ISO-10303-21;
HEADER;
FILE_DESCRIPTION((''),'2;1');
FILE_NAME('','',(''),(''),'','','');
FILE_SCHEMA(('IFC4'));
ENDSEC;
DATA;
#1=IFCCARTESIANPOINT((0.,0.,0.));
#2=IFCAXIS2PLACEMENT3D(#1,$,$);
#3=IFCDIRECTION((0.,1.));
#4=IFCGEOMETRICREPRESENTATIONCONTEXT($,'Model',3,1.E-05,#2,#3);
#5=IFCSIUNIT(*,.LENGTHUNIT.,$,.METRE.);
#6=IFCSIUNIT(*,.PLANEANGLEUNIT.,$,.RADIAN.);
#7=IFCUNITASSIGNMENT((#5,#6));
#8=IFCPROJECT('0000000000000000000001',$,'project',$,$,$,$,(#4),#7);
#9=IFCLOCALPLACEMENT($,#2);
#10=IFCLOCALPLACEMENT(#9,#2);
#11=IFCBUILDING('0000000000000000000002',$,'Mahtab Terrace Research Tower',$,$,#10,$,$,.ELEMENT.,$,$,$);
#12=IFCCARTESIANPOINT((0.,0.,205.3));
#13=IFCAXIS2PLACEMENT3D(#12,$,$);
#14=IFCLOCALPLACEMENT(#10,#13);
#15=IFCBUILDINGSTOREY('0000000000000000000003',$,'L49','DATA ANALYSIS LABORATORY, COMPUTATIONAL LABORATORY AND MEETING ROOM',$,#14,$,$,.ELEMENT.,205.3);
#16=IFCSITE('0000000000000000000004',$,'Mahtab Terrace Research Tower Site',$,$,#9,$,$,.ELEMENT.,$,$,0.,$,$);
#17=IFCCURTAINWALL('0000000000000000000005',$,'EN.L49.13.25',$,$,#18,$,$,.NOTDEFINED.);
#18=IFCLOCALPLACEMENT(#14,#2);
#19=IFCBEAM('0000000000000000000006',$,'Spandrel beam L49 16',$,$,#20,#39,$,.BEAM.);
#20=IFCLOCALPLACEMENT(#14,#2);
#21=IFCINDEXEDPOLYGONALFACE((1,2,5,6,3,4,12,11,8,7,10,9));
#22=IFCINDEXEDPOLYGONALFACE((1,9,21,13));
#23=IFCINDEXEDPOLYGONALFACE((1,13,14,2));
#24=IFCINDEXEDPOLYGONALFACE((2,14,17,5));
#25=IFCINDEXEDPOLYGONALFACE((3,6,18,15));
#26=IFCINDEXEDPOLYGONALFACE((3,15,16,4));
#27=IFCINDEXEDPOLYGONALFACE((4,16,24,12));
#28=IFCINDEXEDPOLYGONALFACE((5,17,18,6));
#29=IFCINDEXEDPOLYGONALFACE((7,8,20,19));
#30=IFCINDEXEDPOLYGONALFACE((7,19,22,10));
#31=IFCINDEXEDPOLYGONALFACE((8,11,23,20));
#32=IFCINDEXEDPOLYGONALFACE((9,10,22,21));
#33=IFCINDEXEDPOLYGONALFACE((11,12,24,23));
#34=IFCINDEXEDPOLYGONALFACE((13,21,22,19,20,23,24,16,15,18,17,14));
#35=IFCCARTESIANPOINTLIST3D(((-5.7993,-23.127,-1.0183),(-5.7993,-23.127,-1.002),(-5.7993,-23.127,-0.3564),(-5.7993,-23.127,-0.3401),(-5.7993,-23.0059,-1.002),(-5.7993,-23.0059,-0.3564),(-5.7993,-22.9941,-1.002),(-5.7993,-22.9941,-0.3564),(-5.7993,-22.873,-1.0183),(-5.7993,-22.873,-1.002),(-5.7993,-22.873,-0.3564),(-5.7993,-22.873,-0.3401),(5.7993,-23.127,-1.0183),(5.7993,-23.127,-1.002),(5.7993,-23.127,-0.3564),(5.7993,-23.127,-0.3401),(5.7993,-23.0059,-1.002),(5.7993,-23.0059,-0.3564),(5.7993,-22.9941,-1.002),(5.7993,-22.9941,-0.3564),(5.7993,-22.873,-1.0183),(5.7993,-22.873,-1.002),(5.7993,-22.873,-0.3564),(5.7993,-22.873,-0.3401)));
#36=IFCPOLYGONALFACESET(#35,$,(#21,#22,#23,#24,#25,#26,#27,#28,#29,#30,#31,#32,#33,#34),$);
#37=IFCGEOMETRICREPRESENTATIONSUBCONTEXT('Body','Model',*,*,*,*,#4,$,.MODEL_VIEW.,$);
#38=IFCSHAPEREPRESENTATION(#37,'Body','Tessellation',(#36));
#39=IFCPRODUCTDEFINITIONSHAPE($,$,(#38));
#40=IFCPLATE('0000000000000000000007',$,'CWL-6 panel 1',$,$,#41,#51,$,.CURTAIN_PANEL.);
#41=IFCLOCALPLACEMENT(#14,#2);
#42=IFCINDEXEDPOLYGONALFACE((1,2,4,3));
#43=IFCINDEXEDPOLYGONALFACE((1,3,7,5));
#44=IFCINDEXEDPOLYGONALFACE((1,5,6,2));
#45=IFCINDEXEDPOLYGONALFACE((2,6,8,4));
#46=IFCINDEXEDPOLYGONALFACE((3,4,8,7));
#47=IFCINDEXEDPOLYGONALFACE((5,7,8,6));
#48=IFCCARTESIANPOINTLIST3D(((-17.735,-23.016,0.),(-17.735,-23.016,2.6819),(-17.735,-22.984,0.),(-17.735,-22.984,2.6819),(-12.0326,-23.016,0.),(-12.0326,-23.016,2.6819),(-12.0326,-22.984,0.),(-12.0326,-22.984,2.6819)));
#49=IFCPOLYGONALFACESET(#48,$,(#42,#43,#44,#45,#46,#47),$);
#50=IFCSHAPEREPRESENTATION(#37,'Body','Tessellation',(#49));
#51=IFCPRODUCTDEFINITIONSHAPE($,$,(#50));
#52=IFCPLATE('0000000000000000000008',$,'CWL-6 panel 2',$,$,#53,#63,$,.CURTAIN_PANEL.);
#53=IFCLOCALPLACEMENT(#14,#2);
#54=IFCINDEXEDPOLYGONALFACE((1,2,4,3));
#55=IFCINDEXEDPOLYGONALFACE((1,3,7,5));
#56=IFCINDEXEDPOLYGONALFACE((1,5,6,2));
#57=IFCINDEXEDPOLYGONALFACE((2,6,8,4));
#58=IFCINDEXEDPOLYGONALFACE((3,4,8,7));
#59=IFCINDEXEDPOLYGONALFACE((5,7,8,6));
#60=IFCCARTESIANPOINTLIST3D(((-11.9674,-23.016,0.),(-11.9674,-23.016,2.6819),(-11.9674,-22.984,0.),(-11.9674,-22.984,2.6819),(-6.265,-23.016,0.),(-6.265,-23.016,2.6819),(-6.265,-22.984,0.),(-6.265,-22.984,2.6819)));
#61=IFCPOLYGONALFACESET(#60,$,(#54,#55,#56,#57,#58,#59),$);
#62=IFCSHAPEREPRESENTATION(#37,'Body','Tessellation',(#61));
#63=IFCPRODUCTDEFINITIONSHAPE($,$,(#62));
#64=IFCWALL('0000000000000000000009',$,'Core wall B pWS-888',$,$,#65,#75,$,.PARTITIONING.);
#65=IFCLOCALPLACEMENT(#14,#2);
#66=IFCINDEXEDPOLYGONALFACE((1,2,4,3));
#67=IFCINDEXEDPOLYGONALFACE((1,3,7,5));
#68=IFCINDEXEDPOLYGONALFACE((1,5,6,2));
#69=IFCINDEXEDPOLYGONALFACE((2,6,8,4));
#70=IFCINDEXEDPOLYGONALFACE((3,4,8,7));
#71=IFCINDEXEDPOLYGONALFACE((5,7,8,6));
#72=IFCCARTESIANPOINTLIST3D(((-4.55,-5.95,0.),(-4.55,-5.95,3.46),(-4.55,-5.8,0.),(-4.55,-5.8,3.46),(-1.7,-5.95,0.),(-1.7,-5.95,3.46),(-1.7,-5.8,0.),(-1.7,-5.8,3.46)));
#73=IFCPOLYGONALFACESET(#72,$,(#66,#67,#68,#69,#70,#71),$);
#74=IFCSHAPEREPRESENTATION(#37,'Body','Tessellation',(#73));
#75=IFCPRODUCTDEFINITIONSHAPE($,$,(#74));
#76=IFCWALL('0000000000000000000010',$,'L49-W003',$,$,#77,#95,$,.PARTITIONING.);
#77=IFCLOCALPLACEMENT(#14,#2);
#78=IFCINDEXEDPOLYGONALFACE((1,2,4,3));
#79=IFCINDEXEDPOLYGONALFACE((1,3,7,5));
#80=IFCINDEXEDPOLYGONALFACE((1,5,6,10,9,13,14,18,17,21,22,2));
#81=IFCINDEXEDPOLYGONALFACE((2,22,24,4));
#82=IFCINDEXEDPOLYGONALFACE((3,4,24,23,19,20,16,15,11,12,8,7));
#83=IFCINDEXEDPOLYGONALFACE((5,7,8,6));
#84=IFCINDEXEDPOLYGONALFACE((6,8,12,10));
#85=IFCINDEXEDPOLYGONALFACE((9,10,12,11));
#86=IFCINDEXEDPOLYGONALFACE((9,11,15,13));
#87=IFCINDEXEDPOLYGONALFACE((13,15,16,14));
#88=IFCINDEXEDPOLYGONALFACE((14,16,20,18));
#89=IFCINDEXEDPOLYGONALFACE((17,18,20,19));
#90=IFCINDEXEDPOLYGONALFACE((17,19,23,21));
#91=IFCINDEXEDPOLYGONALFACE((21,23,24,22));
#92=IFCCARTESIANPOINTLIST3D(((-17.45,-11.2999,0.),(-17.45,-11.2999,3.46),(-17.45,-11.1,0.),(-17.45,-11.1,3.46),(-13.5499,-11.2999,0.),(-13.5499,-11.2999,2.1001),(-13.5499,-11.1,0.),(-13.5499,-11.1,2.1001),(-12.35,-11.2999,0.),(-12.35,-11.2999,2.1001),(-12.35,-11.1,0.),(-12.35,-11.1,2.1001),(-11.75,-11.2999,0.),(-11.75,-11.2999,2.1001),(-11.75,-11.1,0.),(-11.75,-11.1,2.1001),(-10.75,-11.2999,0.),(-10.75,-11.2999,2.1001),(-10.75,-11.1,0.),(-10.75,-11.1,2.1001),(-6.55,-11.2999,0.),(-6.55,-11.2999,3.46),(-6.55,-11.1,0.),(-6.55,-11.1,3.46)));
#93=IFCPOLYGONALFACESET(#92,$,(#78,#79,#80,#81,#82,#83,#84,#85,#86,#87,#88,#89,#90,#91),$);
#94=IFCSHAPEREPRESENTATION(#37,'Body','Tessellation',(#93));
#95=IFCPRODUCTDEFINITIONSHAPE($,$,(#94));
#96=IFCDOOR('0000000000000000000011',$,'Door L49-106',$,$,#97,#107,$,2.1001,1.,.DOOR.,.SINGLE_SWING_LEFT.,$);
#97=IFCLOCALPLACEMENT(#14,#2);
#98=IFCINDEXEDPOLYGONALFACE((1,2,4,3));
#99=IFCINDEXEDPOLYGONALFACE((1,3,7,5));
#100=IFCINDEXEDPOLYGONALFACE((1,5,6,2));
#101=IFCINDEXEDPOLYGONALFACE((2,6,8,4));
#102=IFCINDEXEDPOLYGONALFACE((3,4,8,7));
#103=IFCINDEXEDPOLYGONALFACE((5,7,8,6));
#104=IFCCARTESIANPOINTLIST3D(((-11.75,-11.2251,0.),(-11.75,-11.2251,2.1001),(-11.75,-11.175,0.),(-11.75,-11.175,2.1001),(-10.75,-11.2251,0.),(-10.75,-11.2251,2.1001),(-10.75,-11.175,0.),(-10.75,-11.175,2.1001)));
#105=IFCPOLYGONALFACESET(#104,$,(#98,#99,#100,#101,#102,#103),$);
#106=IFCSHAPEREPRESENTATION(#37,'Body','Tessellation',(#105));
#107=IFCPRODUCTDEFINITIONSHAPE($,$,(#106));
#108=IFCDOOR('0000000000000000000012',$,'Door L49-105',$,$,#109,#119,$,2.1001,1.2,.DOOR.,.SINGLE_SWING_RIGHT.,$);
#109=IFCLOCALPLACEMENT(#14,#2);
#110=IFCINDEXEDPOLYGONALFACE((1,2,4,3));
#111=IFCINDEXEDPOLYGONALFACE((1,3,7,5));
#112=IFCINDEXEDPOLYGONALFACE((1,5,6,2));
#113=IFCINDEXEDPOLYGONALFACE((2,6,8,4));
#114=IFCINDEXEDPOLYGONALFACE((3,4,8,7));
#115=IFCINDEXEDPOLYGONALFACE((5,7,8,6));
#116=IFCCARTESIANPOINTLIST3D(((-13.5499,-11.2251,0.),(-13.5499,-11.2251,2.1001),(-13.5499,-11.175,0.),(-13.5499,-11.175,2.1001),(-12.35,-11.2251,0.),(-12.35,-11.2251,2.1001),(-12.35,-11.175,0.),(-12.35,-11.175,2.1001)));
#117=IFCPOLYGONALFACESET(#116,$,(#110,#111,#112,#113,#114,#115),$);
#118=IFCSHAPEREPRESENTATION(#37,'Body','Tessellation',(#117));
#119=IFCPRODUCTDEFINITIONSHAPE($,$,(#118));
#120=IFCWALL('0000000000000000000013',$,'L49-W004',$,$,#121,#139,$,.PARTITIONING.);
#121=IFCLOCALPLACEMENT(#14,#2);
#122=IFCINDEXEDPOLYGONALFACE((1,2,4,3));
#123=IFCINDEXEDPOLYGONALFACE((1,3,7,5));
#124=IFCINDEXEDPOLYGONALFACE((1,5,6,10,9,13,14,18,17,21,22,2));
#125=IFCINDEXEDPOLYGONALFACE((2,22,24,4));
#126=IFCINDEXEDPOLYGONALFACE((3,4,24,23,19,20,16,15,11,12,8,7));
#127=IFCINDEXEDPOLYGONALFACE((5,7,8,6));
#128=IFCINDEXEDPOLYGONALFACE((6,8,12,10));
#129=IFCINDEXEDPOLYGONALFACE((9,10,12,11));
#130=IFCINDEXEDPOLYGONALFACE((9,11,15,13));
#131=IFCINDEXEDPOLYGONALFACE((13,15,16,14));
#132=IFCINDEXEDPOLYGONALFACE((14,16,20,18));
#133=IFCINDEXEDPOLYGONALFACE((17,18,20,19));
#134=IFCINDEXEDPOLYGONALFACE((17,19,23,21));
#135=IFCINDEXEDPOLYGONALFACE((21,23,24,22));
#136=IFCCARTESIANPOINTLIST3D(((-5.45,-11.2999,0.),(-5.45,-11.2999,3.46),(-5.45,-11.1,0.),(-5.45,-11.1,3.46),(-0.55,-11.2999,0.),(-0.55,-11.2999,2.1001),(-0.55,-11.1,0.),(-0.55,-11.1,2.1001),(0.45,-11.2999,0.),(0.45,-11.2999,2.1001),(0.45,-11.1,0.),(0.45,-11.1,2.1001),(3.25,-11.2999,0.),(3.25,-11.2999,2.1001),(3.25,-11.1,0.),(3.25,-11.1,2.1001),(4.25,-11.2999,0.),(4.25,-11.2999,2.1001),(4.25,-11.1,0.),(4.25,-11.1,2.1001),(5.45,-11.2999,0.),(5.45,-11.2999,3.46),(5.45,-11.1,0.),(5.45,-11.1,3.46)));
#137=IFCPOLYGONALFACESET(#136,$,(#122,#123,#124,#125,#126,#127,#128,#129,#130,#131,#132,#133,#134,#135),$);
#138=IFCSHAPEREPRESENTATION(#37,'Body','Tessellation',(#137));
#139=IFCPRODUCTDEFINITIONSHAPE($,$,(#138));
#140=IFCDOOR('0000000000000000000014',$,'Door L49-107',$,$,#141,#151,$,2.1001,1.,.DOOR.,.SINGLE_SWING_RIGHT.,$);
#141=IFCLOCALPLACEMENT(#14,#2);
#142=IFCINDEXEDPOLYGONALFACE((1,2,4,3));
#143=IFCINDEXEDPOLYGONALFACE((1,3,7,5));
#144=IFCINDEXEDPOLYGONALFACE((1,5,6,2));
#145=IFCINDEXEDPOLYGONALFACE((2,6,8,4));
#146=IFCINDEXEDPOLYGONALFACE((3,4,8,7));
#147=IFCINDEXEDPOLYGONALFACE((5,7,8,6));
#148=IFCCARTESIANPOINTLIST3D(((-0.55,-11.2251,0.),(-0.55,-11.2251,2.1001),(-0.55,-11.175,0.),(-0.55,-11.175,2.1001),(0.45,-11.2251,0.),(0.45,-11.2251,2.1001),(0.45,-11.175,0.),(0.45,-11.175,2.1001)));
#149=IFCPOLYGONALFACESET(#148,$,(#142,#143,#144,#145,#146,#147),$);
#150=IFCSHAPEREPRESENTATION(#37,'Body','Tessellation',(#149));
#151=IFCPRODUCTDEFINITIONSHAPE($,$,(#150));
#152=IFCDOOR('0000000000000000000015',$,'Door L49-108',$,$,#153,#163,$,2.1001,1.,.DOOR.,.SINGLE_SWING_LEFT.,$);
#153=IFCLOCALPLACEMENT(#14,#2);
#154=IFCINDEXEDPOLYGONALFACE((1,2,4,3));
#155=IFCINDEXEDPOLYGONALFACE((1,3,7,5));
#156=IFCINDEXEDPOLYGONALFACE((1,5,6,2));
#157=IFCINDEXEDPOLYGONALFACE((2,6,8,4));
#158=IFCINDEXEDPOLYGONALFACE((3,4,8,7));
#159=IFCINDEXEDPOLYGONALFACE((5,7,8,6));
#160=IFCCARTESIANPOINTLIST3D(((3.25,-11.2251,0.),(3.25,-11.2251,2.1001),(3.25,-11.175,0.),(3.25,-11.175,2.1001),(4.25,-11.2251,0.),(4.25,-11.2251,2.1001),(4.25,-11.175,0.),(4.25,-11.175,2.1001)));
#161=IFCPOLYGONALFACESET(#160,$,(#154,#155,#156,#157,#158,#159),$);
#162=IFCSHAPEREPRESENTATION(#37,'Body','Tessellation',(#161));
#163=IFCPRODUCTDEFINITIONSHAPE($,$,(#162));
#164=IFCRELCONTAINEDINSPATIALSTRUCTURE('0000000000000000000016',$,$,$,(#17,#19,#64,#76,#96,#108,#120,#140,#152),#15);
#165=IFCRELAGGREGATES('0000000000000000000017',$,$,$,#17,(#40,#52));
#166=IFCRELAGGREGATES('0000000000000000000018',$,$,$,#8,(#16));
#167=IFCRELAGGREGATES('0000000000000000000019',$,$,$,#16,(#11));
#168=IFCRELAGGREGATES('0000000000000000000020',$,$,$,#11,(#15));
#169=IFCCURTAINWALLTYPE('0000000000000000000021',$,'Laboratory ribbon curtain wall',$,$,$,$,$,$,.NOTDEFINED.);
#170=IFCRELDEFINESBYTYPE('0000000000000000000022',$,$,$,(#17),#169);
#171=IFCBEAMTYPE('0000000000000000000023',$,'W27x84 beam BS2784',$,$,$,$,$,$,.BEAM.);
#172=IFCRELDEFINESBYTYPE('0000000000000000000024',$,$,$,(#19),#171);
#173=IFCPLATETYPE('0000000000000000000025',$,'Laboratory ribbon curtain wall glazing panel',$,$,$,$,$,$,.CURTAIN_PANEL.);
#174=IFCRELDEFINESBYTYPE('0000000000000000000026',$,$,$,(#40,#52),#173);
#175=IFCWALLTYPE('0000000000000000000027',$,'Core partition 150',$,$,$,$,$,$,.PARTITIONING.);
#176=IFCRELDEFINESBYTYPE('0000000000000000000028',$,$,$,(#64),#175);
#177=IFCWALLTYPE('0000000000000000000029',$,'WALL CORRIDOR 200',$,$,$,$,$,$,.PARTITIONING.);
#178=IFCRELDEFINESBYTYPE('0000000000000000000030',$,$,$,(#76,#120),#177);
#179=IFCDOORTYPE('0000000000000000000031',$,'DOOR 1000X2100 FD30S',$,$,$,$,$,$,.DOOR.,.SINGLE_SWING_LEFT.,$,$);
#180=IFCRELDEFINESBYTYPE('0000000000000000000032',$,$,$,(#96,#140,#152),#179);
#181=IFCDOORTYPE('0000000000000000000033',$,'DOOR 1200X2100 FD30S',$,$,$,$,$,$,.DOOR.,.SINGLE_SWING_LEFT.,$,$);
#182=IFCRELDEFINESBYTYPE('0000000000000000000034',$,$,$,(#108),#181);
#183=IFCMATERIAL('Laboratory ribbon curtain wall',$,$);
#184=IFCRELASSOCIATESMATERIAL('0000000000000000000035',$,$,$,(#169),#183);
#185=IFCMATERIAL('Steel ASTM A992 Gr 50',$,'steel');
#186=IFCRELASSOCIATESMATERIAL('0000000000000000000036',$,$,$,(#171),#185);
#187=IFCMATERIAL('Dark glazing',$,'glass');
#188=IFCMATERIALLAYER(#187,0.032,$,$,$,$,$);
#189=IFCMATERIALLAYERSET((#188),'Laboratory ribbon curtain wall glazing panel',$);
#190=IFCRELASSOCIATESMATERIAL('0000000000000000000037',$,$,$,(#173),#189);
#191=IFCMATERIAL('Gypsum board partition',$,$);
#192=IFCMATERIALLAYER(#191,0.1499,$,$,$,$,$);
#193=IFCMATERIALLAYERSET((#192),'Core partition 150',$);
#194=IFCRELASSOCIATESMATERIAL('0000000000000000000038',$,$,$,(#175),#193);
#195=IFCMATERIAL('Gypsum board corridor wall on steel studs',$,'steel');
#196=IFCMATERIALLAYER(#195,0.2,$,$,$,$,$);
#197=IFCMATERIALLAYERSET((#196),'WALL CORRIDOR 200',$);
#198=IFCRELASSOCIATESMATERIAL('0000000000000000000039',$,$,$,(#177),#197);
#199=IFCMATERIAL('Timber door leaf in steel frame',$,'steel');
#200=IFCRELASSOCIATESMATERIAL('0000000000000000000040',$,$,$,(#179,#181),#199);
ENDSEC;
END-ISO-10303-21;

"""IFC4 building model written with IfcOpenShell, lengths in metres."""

from ifc_helpers import new_model, si_unit, direction, frame, frame_2d, origin, origin_2d, place, context, subcontext, project, spatial, rectangle, i_section, extrude, material, layer, layer_set, material_profile, profile_set, type_object, element, fill, aggregate, save


model = new_model("IFC4")

# Units and contexts
model_context = context("Model", 3, precision=1e-05, world=origin(), true_north=direction((0.0, 1.0)))
body_context = subcontext(model_context, "Body", "Model", "MODEL_VIEW")
ifc_project = project(units=[si_unit("LENGTHUNIT", "METRE"), si_unit("PLANEANGLEUNIT", "RADIAN")], contexts=[model_context])

# Site, building, storey
site_placement = place(None, origin())
site = spatial("IfcSite", under=ifc_project, at=site_placement, Name="Mahtab Terrace Research Tower Site", CompositionType="ELEMENT", RefElevation=0.0)
building_placement = place(site_placement, origin())
building = spatial("IfcBuilding", under=site, at=building_placement, Name="Mahtab Terrace Research Tower", CompositionType="ELEMENT")
storey_placement = place(building_placement, frame((0.0, 0.0, 205.3)))
storey = spatial("IfcBuildingStorey", under=building, at=storey_placement, Name="L49", Description="DATA ANALYSIS LABORATORY, COMPUTATIONAL LABORATORY AND MEETING ROOM", CompositionType="ELEMENT", Elevation=205.3)

# Shared definitions
ifc_material_1 = material(Name="Steel ASTM A992 Gr 50", Category="steel")

# Curtain wall
ifc_material_2 = material(Name="Laboratory ribbon curtain wall")
curtain_wall_type = type_object("IfcCurtainWallType", Name="Laboratory ribbon curtain wall", PredefinedType="NOTDEFINED", material=ifc_material_2)
curtain_wall_1_placement = place(storey_placement, origin())
curtain_wall_1 = element("IfcCurtainWall", 1, at=curtain_wall_1_placement, inside=storey, type_object=curtain_wall_type, Name="EN.L49.13.25", PredefinedType="NOTDEFINED")

# Beam
ifc_material_profile_1 = material_profile(ifc_material_1, i_section(OverallWidth=0.2539, OverallDepth=0.6782, WebThickness=0.0117, FlangeThickness=0.0164, at=origin_2d()), Name="W27X84")
ifc_profile_set_1 = profile_set([ifc_material_profile_1], Name="Steel ASTM A992 Gr 50")
beam_type = type_object("IfcBeamType", Name="W27x84 beam BS2784", PredefinedType="BEAM", material=ifc_profile_set_1)
for number, where, z_axis, x_axis, name in (
    (2, (-5.7993, -23.0, -0.6792), (1.0, 0.0, 0.0), (0.0, 1.0, 0.0), "Spandrel beam L49 16"),
):
    element("IfcBeam", number, at=place(storey_placement, frame(where, z_axis=z_axis, x_axis=x_axis)), inside=storey, type_object=beam_type, Name=name, PredefinedType="BEAM", context=body_context, shape_type="SweptSolid", body=[
        extrude(i_section(OverallWidth=0.2539, OverallDepth=0.6782, WebThickness=0.0117, FlangeThickness=0.0164, at=origin_2d()), origin(), (0.0, 0.0, 1.0), 11.5986),
    ])

# Plates
ifc_material_3 = material(Name="Dark glazing", Category="glass")
ifc_layer_1 = layer(ifc_material_3, 0.032)
ifc_layer_set_1 = layer_set([ifc_layer_1], Name="Laboratory ribbon curtain wall glazing panel")
plate_type = type_object("IfcPlateType", Name="Laboratory ribbon curtain wall glazing panel", PredefinedType="CURTAIN_PANEL", material=ifc_layer_set_1)
plate_1_placement = place(storey_placement, frame((-14.8838, -23.0, 0.0), z_axis=(0.0, 0.0, 1.0), x_axis=(1.0, 0.0, 0.0)))
plate_1 = element("IfcPlate", 3, at=plate_1_placement, type_object=plate_type, Name="CWL-6 panel 1", PredefinedType="CURTAIN_PANEL", context=body_context, shape_type="SweptSolid", body=[
    extrude(rectangle(XDim=5.7024, YDim=0.032, at=origin_2d()), origin(), (0.0, 0.0, 1.0), 2.6819),
])
plate_2_placement = place(storey_placement, frame((-9.1162, -23.0, 0.0), z_axis=(0.0, 0.0, 1.0), x_axis=(1.0, 0.0, 0.0)))
plate_2 = element("IfcPlate", 4, at=plate_2_placement, type_object=plate_type, Name="CWL-6 panel 2", PredefinedType="CURTAIN_PANEL", context=body_context, shape_type="SweptSolid", body=[
    extrude(rectangle(XDim=5.7024, YDim=0.032, at=origin_2d()), origin(), (0.0, 0.0, 1.0), 2.6819),
])
aggregate(curtain_wall_1, [plate_1, plate_2])

# Wall
ifc_material_4 = material(Name="Gypsum board partition")
ifc_layer_2 = layer(ifc_material_4, 0.1499)
ifc_layer_set_2 = layer_set([ifc_layer_2], Name="Core partition 150")
wall_type_1 = type_object("IfcWallType", Name="Core partition 150", PredefinedType="PARTITIONING", material=ifc_layer_set_2)
wall_1_placement = place(storey_placement, frame((-4.55, -5.875, 0.0), z_axis=(0.0, 0.0, 1.0), x_axis=(1.0, 0.0, 0.0)))
element("IfcWall", 5, at=wall_1_placement, inside=storey, type_object=wall_type_1, Name="Core wall B pWS-888", PredefinedType="PARTITIONING", context=body_context, shape_type="SweptSolid", body=[
    extrude(rectangle(XDim=2.8501, YDim=0.1499, at=frame_2d((1.425, 0.0))), origin(), (0.0, 0.0, 1.0), 3.46),
])

# Walls, openings, doors
ifc_material_5 = material(Name="Gypsum board corridor wall on steel studs", Category="steel")
ifc_layer_3 = layer(ifc_material_5, 0.2)
ifc_layer_set_3 = layer_set([ifc_layer_3], Name="WALL CORRIDOR 200")
wall_type_2 = type_object("IfcWallType", Name="WALL CORRIDOR 200", PredefinedType="PARTITIONING", material=ifc_layer_set_3)
wall_2_placement = place(storey_placement, frame((-17.45, -11.2, 0.0), z_axis=(0.0, 0.0, 1.0), x_axis=(1.0, 0.0, 0.0)))
wall_2 = element("IfcWall", 6, at=wall_2_placement, inside=storey, type_object=wall_type_2, Name="L49-W003", PredefinedType="PARTITIONING", context=body_context, shape_type="SweptSolid", body=[
    extrude(rectangle(XDim=10.8999, YDim=0.2, at=frame_2d((5.45, 0.0))), origin(), (0.0, 0.0, 1.0), 3.46),
])
opening_1_placement = place(wall_2_placement, frame((3.8999, 0.0, 0.0)))
opening_1 = element("IfcOpeningElement", 7, at=opening_1_placement, cuts=wall_2, PredefinedType="OPENING", context=body_context, shape_type="SweptSolid", body=[
    extrude(rectangle(XDim=1.2, YDim=2.1001, at=frame_2d((0.6001, 1.05))), frame((0.0, 0.1099, 0.0), z_axis=(0.0, -1.0, 0.0), x_axis=(1.0, 0.0, 0.0)), (0.0, 0.0, 1.0), 0.22),
])
opening_2_placement = place(wall_2_placement, frame((5.7, 0.0, 0.0)))
opening_2 = element("IfcOpeningElement", 8, at=opening_2_placement, cuts=wall_2, PredefinedType="OPENING", context=body_context, shape_type="SweptSolid", body=[
    extrude(rectangle(XDim=1.0, YDim=2.1001, at=frame_2d((0.5, 1.05))), frame((0.0, 0.1099, 0.0), z_axis=(0.0, -1.0, 0.0), x_axis=(1.0, 0.0, 0.0)), (0.0, 0.0, 1.0), 0.22),
])
ifc_material_6 = material(Name="Timber door leaf in steel frame", Category="steel")
door_type_1 = type_object("IfcDoorType", Name="DOOR 1000X2100 FD30S", OperationType="SINGLE_SWING_LEFT", PredefinedType="DOOR", material=ifc_material_6)
door_1_placement = place(opening_2_placement, origin())
door_1 = element("IfcDoor", 9, at=door_1_placement, inside=storey, type_object=door_type_1, Name="Door L49-106", OperationType="SINGLE_SWING_LEFT", OverallHeight=2.1001, OverallWidth=1.0, PredefinedType="DOOR", context=body_context, shape_type="SweptSolid", body=[
    extrude(rectangle(XDim=1.0, YDim=2.1001, at=frame_2d((0.5, 1.05))), frame((0.0, 0.0249, 0.0), z_axis=(0.0, -1.0, 0.0), x_axis=(1.0, 0.0, 0.0)), (0.0, 0.0, 1.0), 0.05),
])
fill(opening_2, door_1)
door_type_2 = type_object("IfcDoorType", Name="DOOR 1200X2100 FD30S", OperationType="SINGLE_SWING_LEFT", PredefinedType="DOOR", material=ifc_material_6)
door_2_placement = place(opening_1_placement, origin())
door_2 = element("IfcDoor", 10, at=door_2_placement, inside=storey, type_object=door_type_2, Name="Door L49-105", OperationType="SINGLE_SWING_RIGHT", OverallHeight=2.1001, OverallWidth=1.2, PredefinedType="DOOR", context=body_context, shape_type="SweptSolid", body=[
    extrude(rectangle(XDim=1.2, YDim=2.1001, at=frame_2d((0.6001, 1.05))), frame((0.0, 0.0249, 0.0), z_axis=(0.0, -1.0, 0.0), x_axis=(1.0, 0.0, 0.0)), (0.0, 0.0, 1.0), 0.05),
])
fill(opening_1, door_2)
wall_3_placement = place(storey_placement, frame((-5.45, -11.2, 0.0), z_axis=(0.0, 0.0, 1.0), x_axis=(1.0, 0.0, 0.0)))
wall_3 = element("IfcWall", 11, at=wall_3_placement, inside=storey, type_object=wall_type_2, Name="L49-W004", PredefinedType="PARTITIONING", context=body_context, shape_type="SweptSolid", body=[
    extrude(rectangle(XDim=10.8999, YDim=0.2, at=frame_2d((5.45, 0.0))), origin(), (0.0, 0.0, 1.0), 3.46),
])
opening_3_placement = place(wall_3_placement, frame((4.8999, 0.0, 0.0)))
opening_3 = element("IfcOpeningElement", 12, at=opening_3_placement, cuts=wall_3, PredefinedType="OPENING", context=body_context, shape_type="SweptSolid", body=[
    extrude(rectangle(XDim=1.0, YDim=2.1001, at=frame_2d((0.5, 1.05))), frame((0.0, 0.1099, 0.0), z_axis=(0.0, -1.0, 0.0), x_axis=(1.0, 0.0, 0.0)), (0.0, 0.0, 1.0), 0.22),
])
opening_4_placement = place(wall_3_placement, frame((8.7, 0.0, 0.0)))
opening_4 = element("IfcOpeningElement", 13, at=opening_4_placement, cuts=wall_3, PredefinedType="OPENING", context=body_context, shape_type="SweptSolid", body=[
    extrude(rectangle(XDim=1.0, YDim=2.1001, at=frame_2d((0.5, 1.05))), frame((0.0, 0.1099, 0.0), z_axis=(0.0, -1.0, 0.0), x_axis=(1.0, 0.0, 0.0)), (0.0, 0.0, 1.0), 0.22),
])
door_3_placement = place(opening_3_placement, origin())
door_3 = element("IfcDoor", 14, at=door_3_placement, inside=storey, type_object=door_type_1, Name="Door L49-107", OperationType="SINGLE_SWING_RIGHT", OverallHeight=2.1001, OverallWidth=1.0, PredefinedType="DOOR", context=body_context, shape_type="SweptSolid", body=[
    extrude(rectangle(XDim=1.0, YDim=2.1001, at=frame_2d((0.5, 1.05))), frame((0.0, 0.0249, 0.0), z_axis=(0.0, -1.0, 0.0), x_axis=(1.0, 0.0, 0.0)), (0.0, 0.0, 1.0), 0.05),
])
fill(opening_3, door_3)
door_4_placement = place(opening_4_placement, origin())
door_4 = element("IfcDoor", 15, at=door_4_placement, inside=storey, type_object=door_type_1, Name="Door L49-108", OperationType="SINGLE_SWING_LEFT", OverallHeight=2.1001, OverallWidth=1.0, PredefinedType="DOOR", context=body_context, shape_type="SweptSolid", body=[
    extrude(rectangle(XDim=1.0, YDim=2.1001, at=frame_2d((0.5, 1.05))), frame((0.0, 0.0249, 0.0), z_axis=(0.0, -1.0, 0.0), x_axis=(1.0, 0.0, 0.0)), (0.0, 0.0, 1.0), 0.05),
])
fill(opening_4, door_4)

save(model, "model.ifc")
